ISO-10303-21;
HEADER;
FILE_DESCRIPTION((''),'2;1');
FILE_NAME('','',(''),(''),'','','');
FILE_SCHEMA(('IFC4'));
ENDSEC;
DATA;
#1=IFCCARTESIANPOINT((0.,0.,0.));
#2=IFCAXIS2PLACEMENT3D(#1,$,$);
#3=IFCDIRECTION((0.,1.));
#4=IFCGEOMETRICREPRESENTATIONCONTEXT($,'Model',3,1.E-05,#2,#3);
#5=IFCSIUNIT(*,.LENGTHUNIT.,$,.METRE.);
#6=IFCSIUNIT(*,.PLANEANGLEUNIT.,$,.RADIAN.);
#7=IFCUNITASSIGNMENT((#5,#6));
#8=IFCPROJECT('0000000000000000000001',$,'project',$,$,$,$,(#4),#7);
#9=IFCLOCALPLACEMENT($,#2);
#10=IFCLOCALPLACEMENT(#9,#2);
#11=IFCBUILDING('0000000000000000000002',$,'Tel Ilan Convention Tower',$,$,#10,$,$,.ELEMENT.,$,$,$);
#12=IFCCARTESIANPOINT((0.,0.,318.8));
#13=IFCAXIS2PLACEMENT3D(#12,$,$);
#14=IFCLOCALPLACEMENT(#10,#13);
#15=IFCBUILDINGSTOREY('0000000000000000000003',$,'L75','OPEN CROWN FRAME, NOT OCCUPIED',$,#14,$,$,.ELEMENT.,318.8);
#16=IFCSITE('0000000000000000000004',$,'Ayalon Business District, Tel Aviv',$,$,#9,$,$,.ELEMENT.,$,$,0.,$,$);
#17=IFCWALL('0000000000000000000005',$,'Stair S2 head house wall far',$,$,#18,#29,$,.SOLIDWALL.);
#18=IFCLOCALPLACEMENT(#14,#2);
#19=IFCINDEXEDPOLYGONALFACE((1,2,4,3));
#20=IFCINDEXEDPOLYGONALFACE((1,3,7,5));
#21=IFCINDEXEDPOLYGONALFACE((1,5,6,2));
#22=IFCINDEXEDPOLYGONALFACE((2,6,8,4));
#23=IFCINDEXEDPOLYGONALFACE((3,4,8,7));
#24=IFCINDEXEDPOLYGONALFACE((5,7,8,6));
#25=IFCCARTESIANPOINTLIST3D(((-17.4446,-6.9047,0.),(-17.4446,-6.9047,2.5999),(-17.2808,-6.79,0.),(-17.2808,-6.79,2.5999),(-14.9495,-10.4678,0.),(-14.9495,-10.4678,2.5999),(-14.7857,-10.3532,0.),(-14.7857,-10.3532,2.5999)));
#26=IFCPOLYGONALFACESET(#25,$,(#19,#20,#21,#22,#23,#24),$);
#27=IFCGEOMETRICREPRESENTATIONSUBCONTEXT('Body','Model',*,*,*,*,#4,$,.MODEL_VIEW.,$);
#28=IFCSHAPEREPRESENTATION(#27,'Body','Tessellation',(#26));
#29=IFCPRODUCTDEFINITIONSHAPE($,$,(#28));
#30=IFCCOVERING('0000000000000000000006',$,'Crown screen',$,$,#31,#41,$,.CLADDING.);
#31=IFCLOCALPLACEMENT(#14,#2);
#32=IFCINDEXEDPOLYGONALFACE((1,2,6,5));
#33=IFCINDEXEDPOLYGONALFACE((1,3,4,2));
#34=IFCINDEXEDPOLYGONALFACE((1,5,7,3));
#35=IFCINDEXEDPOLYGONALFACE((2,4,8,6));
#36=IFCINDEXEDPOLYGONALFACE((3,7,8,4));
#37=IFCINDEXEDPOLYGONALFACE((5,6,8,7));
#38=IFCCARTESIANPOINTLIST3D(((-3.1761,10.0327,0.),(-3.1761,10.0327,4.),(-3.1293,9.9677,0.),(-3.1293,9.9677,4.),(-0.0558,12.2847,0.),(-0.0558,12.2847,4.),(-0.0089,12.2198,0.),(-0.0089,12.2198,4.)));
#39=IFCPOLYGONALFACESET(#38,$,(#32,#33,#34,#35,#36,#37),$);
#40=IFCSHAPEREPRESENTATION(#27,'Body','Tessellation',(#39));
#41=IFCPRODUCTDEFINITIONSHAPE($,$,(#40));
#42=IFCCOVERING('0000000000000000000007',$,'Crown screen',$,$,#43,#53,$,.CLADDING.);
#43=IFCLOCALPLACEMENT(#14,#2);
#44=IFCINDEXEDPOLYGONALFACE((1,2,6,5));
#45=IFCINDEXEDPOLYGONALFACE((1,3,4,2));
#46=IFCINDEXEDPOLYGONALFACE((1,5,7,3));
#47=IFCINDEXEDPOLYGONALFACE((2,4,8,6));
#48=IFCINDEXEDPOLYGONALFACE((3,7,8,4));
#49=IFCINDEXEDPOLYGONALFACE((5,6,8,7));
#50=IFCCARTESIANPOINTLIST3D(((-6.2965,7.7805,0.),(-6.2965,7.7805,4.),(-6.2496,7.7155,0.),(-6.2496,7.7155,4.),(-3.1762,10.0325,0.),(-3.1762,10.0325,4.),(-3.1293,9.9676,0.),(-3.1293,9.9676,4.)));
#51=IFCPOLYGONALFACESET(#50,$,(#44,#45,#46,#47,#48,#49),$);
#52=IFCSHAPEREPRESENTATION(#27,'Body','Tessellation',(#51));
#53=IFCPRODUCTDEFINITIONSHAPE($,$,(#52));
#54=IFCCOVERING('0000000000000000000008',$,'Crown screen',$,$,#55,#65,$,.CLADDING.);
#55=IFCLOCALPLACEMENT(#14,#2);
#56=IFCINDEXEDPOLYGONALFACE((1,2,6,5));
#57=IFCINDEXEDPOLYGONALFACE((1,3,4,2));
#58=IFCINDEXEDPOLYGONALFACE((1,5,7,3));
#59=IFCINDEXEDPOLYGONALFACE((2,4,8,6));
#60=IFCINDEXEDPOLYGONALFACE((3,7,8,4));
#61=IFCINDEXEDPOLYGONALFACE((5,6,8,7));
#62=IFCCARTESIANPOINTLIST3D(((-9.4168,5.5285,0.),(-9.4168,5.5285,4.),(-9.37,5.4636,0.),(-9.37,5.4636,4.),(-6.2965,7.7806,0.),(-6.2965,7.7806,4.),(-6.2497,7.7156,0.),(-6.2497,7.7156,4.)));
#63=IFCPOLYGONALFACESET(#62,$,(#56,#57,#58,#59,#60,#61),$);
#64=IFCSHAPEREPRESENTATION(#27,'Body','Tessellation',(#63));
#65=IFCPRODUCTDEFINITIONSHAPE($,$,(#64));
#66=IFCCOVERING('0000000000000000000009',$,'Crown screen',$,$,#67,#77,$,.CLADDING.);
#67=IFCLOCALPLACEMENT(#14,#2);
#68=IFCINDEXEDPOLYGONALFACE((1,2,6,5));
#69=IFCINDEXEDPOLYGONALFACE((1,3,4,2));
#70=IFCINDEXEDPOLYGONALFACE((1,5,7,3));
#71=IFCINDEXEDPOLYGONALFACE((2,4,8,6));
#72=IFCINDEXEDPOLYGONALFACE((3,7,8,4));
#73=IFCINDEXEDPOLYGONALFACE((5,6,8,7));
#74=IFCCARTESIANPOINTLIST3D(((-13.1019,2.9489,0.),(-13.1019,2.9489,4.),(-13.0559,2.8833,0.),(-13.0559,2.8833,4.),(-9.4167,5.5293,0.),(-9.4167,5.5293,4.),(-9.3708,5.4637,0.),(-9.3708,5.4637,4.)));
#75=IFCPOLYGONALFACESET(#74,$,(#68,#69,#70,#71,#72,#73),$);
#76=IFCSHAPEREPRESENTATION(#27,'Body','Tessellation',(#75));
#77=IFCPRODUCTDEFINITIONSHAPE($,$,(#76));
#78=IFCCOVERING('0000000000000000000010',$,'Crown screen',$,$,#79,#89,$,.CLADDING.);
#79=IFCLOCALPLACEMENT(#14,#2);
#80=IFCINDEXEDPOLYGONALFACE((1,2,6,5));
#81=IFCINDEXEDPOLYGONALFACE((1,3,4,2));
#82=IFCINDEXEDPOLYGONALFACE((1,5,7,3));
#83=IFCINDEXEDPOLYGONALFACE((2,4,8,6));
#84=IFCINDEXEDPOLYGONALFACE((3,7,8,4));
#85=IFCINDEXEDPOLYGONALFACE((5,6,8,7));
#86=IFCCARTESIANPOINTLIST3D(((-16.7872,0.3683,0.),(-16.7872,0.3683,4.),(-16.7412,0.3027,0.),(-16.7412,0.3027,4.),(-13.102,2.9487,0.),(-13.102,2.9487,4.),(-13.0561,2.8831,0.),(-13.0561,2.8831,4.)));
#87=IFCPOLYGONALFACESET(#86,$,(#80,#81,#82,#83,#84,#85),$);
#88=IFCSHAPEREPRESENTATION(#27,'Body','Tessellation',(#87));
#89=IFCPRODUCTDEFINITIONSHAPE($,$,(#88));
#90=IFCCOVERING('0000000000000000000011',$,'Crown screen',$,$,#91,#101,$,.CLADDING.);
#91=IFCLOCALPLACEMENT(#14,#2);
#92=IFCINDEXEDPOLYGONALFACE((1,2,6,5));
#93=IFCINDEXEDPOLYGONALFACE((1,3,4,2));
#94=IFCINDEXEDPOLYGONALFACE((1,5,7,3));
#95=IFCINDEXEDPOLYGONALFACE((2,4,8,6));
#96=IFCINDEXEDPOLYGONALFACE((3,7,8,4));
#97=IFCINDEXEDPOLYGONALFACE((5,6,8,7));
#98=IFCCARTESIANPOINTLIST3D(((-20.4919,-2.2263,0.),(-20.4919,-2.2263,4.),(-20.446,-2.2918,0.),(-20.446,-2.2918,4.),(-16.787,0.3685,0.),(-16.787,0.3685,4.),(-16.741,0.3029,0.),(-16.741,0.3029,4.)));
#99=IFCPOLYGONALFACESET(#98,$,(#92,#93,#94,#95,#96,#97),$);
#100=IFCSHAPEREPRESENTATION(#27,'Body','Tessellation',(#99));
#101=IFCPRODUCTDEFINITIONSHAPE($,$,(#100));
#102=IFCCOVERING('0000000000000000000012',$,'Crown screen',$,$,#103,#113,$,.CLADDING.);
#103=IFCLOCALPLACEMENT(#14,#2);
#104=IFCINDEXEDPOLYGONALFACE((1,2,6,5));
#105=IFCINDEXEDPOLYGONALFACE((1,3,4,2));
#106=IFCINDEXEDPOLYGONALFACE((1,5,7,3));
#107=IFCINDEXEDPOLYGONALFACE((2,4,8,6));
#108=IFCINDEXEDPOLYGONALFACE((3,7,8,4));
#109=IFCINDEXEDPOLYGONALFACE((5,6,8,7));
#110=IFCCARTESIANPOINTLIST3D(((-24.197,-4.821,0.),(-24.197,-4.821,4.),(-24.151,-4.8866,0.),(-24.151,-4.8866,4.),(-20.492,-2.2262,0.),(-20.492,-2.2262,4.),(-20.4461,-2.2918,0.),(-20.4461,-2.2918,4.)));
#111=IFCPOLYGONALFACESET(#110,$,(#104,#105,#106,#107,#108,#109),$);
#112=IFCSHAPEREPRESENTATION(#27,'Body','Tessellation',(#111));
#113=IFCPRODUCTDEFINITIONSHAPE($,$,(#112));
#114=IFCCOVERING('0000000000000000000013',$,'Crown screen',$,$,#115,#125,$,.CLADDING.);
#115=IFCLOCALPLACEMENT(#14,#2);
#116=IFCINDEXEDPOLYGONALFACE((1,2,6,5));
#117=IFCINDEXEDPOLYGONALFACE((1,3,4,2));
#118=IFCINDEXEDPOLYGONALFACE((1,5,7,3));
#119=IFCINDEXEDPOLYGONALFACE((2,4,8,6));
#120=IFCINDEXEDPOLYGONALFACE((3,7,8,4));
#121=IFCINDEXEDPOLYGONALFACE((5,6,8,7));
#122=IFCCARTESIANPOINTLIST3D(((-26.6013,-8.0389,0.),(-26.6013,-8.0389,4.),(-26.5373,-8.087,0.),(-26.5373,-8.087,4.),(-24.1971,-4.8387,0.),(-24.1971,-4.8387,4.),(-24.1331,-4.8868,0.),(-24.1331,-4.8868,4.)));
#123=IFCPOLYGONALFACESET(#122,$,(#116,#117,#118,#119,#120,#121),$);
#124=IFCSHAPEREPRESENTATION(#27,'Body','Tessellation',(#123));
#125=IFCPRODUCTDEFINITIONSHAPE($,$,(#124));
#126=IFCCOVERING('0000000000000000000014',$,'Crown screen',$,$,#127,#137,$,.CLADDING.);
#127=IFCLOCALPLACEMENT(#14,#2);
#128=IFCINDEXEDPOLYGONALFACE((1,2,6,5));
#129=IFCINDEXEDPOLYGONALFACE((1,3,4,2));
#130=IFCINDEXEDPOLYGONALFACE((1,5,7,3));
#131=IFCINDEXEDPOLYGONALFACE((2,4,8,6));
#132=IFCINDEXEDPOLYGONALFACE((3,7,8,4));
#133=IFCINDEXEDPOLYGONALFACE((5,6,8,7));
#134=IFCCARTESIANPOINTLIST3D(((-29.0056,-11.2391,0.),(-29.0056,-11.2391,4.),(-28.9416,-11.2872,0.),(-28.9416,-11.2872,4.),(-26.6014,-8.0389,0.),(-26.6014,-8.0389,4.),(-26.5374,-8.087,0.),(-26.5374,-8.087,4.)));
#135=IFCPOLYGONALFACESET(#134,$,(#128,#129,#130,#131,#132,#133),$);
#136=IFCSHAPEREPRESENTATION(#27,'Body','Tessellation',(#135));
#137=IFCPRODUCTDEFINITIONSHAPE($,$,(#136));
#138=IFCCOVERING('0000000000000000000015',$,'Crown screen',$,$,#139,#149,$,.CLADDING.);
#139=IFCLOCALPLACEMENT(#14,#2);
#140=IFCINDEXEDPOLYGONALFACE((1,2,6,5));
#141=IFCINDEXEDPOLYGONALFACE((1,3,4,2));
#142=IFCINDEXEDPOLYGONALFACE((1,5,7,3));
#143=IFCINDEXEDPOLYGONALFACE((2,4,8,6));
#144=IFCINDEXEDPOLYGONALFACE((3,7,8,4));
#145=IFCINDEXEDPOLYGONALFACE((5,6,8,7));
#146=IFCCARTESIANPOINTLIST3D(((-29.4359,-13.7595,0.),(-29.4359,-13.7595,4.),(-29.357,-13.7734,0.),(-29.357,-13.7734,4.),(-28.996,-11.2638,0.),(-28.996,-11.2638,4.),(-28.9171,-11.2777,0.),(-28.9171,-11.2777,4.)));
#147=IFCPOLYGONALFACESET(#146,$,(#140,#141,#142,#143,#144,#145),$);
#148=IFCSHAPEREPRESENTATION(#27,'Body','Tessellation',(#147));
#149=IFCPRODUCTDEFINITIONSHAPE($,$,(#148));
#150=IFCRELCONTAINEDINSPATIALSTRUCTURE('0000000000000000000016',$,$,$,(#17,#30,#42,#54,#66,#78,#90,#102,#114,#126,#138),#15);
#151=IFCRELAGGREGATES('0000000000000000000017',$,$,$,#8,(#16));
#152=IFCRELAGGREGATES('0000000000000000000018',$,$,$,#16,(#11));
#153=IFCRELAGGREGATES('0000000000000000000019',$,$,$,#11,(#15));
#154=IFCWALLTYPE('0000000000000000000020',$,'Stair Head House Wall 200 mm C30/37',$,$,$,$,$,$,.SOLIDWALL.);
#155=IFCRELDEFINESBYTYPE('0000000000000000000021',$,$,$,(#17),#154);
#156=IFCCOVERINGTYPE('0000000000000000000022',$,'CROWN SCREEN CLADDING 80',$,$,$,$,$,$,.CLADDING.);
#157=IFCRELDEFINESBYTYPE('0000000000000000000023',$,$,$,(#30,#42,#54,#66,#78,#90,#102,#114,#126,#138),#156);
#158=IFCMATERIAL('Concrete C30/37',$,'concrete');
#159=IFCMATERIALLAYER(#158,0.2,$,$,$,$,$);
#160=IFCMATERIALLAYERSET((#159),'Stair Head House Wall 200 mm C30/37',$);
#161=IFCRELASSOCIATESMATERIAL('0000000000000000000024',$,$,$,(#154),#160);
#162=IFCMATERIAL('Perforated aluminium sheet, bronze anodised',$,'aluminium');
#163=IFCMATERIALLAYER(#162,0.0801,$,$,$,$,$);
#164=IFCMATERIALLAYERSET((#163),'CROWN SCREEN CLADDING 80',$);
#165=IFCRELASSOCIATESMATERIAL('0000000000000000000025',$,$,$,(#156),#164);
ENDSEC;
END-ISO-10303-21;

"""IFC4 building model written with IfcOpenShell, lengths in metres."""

from ifc_helpers import new_model, si_unit, direction, frame, frame_2d, origin, origin_2d, place, context, subcontext, project, spatial, rectangle, extrude, material, layer, layer_set, type_object, element, save


model = new_model("IFC4")

# Units and contexts
model_context = context("Model", 3, precision=1e-05, world=origin(), true_north=direction((0.0, 1.0)))
body_context = subcontext(model_context, "Body", "Model", "MODEL_VIEW")
ifc_project = project(units=[si_unit("LENGTHUNIT", "METRE"), si_unit("PLANEANGLEUNIT", "RADIAN")], contexts=[model_context])

# Site, building, storey
site_placement = place(None, origin())
site = spatial("IfcSite", under=ifc_project, at=site_placement, Name="Ayalon Business District, Tel Aviv", CompositionType="ELEMENT", RefElevation=0.0)
building_placement = place(site_placement, origin())
building = spatial("IfcBuilding", under=site, at=building_placement, Name="Tel Ilan Convention Tower", CompositionType="ELEMENT")
storey_placement = place(building_placement, frame((0.0, 0.0, 318.8)))
storey = spatial("IfcBuildingStorey", under=building, at=storey_placement, Name="L75", Description="OPEN CROWN FRAME, NOT OCCUPIED", CompositionType="ELEMENT", Elevation=318.8)

# Shared definitions
ifc_material_1 = material(Name="Concrete C30/37", Category="concrete")
ifc_layer_1 = layer(ifc_material_1, 0.2)
ifc_layer_set_1 = layer_set([ifc_layer_1], Name="Stair Head House Wall 200 mm C30/37")
wall_type_1 = type_object("IfcWallType", Name="Stair Head House Wall 200 mm C30/37", PredefinedType="SOLIDWALL", material=ifc_layer_set_1)

# Wall
wall_1_placement = place(storey_placement, frame((-14.8677, -10.4104, 0.0), z_axis=(0.0, 0.0, 1.0), x_axis=(-0.573594, 0.81914, 0.0)))
element("IfcWall", 1, at=wall_1_placement, inside=storey, type_object=wall_type_1, Name="Stair S2 head house wall far", PredefinedType="SOLIDWALL", context=body_context, shape_type="SweptSolid", body=[
    extrude(rectangle(XDim=4.3499, YDim=0.2, at=frame_2d((2.1748, 0.0))), origin(), (0.0, 0.0, 1.0), 2.5999),
])

# Coverings
ifc_material_2 = material(Name="Perforated aluminium sheet, bronze anodised", Category="aluminium")
ifc_layer_2 = layer(ifc_material_2, 0.0801)
ifc_layer_set_2 = layer_set([ifc_layer_2], Name="CROWN SCREEN CLADDING 80")
covering_type = type_object("IfcCoveringType", Name="CROWN SCREEN CLADDING 80", PredefinedType="CLADDING", material=ifc_layer_set_2)
for number, where, z_axis, x_axis, name in (
    (2, (-1.5925, 11.1262, 0.0), (0.0, 0.0, 1.0), (-0.810863, -0.585236, 0.0), "Crown screen"),
    (3, (-4.7129, 8.874, 0.0), (0.0, 0.0, 1.0), (-0.810863, -0.585236, 0.0), "Crown screen"),
    (4, (-7.8333, 6.6221, 0.0), (0.0, 0.0, 1.0), (-0.810863, -0.585236, 0.0), "Crown screen"),
):
    element("IfcCovering", number, at=place(storey_placement, frame(where, z_axis=z_axis, x_axis=x_axis)), inside=storey, type_object=covering_type, Name=name, PredefinedType="CLADDING", context=body_context, shape_type="SweptSolid", body=[
        extrude(rectangle(XDim=3.8481, YDim=0.0801, at=origin_2d()), origin(), (0.0, 0.0, 1.0), 4.0),
    ])
for number, where, z_axis, x_axis, name in (
    (5, (-11.2363, 4.2063, 0.0), (0.0, 0.0, 1.0), (-0.819148, -0.573582, 0.0), "Crown screen"),
    (6, (-14.9216, 1.6257, 0.0), (0.0, 0.0, 1.0), (-0.819148, -0.573582, 0.0), "Crown screen"),
):
    element("IfcCovering", number, at=place(storey_placement, frame(where, z_axis=z_axis, x_axis=x_axis)), inside=storey, type_object=covering_type, Name=name, PredefinedType="CLADDING", context=body_context, shape_type="SweptSolid", body=[
        extrude(rectangle(XDim=4.4988, YDim=0.0801, at=origin_2d()), origin(), (0.0, 0.0, 1.0), 4.0),
    ])
for number, where, z_axis, x_axis, name in (
    (7, (-18.6165, -0.9617, 0.0), (0.0, 0.0, 1.0), (-0.819096, -0.573656, 0.0), "Crown screen"),
    (8, (-22.3215, -3.5564, 0.0), (0.0, 0.0, 1.0), (-0.819096, -0.573656, 0.0), "Crown screen"),
):
    element("IfcCovering", number, at=place(storey_placement, frame(where, z_axis=z_axis, x_axis=x_axis)), inside=storey, type_object=covering_type, Name=name, PredefinedType="CLADDING", context=body_context, shape_type="SweptSolid", body=[
        extrude(rectangle(XDim=4.5232, YDim=0.0801, at=origin_2d()), origin(), (0.0, 0.0, 1.0), 4.0),
    ])
for number, where, z_axis, x_axis, name in (
    (9, (-25.3672, -6.4629, 0.0), (0.0, 0.0, 1.0), (-0.600649, -0.799513, 0.0), "Crown screen"),
    (10, (-27.7715, -9.6631, 0.0), (0.0, 0.0, 1.0), (-0.600649, -0.799513, 0.0), "Crown screen"),
):
    element("IfcCovering", number, at=place(storey_placement, frame(where, z_axis=z_axis, x_axis=x_axis)), inside=storey, type_object=covering_type, Name=name, PredefinedType="CLADDING", context=body_context, shape_type="SweptSolid", body=[
        extrude(rectangle(XDim=4.0027, YDim=0.0801, at=origin_2d()), origin(), (0.0, 0.0, 1.0), 4.0),
    ])
covering_placement = place(storey_placement, frame((-29.1765, -12.5186, 0.0), z_axis=(0.0, 0.0, 1.0), x_axis=(-0.173598, -0.984817, 0.0)))
element("IfcCovering", 11, at=covering_placement, inside=storey, type_object=covering_type, Name="Crown screen", PredefinedType="CLADDING", context=body_context, shape_type="SweptSolid", body=[
    extrude(rectangle(XDim=2.5342, YDim=0.0801, at=origin_2d()), origin(), (0.0, 0.0, 1.0), 4.0),
])

save(model, "model.ifc")
